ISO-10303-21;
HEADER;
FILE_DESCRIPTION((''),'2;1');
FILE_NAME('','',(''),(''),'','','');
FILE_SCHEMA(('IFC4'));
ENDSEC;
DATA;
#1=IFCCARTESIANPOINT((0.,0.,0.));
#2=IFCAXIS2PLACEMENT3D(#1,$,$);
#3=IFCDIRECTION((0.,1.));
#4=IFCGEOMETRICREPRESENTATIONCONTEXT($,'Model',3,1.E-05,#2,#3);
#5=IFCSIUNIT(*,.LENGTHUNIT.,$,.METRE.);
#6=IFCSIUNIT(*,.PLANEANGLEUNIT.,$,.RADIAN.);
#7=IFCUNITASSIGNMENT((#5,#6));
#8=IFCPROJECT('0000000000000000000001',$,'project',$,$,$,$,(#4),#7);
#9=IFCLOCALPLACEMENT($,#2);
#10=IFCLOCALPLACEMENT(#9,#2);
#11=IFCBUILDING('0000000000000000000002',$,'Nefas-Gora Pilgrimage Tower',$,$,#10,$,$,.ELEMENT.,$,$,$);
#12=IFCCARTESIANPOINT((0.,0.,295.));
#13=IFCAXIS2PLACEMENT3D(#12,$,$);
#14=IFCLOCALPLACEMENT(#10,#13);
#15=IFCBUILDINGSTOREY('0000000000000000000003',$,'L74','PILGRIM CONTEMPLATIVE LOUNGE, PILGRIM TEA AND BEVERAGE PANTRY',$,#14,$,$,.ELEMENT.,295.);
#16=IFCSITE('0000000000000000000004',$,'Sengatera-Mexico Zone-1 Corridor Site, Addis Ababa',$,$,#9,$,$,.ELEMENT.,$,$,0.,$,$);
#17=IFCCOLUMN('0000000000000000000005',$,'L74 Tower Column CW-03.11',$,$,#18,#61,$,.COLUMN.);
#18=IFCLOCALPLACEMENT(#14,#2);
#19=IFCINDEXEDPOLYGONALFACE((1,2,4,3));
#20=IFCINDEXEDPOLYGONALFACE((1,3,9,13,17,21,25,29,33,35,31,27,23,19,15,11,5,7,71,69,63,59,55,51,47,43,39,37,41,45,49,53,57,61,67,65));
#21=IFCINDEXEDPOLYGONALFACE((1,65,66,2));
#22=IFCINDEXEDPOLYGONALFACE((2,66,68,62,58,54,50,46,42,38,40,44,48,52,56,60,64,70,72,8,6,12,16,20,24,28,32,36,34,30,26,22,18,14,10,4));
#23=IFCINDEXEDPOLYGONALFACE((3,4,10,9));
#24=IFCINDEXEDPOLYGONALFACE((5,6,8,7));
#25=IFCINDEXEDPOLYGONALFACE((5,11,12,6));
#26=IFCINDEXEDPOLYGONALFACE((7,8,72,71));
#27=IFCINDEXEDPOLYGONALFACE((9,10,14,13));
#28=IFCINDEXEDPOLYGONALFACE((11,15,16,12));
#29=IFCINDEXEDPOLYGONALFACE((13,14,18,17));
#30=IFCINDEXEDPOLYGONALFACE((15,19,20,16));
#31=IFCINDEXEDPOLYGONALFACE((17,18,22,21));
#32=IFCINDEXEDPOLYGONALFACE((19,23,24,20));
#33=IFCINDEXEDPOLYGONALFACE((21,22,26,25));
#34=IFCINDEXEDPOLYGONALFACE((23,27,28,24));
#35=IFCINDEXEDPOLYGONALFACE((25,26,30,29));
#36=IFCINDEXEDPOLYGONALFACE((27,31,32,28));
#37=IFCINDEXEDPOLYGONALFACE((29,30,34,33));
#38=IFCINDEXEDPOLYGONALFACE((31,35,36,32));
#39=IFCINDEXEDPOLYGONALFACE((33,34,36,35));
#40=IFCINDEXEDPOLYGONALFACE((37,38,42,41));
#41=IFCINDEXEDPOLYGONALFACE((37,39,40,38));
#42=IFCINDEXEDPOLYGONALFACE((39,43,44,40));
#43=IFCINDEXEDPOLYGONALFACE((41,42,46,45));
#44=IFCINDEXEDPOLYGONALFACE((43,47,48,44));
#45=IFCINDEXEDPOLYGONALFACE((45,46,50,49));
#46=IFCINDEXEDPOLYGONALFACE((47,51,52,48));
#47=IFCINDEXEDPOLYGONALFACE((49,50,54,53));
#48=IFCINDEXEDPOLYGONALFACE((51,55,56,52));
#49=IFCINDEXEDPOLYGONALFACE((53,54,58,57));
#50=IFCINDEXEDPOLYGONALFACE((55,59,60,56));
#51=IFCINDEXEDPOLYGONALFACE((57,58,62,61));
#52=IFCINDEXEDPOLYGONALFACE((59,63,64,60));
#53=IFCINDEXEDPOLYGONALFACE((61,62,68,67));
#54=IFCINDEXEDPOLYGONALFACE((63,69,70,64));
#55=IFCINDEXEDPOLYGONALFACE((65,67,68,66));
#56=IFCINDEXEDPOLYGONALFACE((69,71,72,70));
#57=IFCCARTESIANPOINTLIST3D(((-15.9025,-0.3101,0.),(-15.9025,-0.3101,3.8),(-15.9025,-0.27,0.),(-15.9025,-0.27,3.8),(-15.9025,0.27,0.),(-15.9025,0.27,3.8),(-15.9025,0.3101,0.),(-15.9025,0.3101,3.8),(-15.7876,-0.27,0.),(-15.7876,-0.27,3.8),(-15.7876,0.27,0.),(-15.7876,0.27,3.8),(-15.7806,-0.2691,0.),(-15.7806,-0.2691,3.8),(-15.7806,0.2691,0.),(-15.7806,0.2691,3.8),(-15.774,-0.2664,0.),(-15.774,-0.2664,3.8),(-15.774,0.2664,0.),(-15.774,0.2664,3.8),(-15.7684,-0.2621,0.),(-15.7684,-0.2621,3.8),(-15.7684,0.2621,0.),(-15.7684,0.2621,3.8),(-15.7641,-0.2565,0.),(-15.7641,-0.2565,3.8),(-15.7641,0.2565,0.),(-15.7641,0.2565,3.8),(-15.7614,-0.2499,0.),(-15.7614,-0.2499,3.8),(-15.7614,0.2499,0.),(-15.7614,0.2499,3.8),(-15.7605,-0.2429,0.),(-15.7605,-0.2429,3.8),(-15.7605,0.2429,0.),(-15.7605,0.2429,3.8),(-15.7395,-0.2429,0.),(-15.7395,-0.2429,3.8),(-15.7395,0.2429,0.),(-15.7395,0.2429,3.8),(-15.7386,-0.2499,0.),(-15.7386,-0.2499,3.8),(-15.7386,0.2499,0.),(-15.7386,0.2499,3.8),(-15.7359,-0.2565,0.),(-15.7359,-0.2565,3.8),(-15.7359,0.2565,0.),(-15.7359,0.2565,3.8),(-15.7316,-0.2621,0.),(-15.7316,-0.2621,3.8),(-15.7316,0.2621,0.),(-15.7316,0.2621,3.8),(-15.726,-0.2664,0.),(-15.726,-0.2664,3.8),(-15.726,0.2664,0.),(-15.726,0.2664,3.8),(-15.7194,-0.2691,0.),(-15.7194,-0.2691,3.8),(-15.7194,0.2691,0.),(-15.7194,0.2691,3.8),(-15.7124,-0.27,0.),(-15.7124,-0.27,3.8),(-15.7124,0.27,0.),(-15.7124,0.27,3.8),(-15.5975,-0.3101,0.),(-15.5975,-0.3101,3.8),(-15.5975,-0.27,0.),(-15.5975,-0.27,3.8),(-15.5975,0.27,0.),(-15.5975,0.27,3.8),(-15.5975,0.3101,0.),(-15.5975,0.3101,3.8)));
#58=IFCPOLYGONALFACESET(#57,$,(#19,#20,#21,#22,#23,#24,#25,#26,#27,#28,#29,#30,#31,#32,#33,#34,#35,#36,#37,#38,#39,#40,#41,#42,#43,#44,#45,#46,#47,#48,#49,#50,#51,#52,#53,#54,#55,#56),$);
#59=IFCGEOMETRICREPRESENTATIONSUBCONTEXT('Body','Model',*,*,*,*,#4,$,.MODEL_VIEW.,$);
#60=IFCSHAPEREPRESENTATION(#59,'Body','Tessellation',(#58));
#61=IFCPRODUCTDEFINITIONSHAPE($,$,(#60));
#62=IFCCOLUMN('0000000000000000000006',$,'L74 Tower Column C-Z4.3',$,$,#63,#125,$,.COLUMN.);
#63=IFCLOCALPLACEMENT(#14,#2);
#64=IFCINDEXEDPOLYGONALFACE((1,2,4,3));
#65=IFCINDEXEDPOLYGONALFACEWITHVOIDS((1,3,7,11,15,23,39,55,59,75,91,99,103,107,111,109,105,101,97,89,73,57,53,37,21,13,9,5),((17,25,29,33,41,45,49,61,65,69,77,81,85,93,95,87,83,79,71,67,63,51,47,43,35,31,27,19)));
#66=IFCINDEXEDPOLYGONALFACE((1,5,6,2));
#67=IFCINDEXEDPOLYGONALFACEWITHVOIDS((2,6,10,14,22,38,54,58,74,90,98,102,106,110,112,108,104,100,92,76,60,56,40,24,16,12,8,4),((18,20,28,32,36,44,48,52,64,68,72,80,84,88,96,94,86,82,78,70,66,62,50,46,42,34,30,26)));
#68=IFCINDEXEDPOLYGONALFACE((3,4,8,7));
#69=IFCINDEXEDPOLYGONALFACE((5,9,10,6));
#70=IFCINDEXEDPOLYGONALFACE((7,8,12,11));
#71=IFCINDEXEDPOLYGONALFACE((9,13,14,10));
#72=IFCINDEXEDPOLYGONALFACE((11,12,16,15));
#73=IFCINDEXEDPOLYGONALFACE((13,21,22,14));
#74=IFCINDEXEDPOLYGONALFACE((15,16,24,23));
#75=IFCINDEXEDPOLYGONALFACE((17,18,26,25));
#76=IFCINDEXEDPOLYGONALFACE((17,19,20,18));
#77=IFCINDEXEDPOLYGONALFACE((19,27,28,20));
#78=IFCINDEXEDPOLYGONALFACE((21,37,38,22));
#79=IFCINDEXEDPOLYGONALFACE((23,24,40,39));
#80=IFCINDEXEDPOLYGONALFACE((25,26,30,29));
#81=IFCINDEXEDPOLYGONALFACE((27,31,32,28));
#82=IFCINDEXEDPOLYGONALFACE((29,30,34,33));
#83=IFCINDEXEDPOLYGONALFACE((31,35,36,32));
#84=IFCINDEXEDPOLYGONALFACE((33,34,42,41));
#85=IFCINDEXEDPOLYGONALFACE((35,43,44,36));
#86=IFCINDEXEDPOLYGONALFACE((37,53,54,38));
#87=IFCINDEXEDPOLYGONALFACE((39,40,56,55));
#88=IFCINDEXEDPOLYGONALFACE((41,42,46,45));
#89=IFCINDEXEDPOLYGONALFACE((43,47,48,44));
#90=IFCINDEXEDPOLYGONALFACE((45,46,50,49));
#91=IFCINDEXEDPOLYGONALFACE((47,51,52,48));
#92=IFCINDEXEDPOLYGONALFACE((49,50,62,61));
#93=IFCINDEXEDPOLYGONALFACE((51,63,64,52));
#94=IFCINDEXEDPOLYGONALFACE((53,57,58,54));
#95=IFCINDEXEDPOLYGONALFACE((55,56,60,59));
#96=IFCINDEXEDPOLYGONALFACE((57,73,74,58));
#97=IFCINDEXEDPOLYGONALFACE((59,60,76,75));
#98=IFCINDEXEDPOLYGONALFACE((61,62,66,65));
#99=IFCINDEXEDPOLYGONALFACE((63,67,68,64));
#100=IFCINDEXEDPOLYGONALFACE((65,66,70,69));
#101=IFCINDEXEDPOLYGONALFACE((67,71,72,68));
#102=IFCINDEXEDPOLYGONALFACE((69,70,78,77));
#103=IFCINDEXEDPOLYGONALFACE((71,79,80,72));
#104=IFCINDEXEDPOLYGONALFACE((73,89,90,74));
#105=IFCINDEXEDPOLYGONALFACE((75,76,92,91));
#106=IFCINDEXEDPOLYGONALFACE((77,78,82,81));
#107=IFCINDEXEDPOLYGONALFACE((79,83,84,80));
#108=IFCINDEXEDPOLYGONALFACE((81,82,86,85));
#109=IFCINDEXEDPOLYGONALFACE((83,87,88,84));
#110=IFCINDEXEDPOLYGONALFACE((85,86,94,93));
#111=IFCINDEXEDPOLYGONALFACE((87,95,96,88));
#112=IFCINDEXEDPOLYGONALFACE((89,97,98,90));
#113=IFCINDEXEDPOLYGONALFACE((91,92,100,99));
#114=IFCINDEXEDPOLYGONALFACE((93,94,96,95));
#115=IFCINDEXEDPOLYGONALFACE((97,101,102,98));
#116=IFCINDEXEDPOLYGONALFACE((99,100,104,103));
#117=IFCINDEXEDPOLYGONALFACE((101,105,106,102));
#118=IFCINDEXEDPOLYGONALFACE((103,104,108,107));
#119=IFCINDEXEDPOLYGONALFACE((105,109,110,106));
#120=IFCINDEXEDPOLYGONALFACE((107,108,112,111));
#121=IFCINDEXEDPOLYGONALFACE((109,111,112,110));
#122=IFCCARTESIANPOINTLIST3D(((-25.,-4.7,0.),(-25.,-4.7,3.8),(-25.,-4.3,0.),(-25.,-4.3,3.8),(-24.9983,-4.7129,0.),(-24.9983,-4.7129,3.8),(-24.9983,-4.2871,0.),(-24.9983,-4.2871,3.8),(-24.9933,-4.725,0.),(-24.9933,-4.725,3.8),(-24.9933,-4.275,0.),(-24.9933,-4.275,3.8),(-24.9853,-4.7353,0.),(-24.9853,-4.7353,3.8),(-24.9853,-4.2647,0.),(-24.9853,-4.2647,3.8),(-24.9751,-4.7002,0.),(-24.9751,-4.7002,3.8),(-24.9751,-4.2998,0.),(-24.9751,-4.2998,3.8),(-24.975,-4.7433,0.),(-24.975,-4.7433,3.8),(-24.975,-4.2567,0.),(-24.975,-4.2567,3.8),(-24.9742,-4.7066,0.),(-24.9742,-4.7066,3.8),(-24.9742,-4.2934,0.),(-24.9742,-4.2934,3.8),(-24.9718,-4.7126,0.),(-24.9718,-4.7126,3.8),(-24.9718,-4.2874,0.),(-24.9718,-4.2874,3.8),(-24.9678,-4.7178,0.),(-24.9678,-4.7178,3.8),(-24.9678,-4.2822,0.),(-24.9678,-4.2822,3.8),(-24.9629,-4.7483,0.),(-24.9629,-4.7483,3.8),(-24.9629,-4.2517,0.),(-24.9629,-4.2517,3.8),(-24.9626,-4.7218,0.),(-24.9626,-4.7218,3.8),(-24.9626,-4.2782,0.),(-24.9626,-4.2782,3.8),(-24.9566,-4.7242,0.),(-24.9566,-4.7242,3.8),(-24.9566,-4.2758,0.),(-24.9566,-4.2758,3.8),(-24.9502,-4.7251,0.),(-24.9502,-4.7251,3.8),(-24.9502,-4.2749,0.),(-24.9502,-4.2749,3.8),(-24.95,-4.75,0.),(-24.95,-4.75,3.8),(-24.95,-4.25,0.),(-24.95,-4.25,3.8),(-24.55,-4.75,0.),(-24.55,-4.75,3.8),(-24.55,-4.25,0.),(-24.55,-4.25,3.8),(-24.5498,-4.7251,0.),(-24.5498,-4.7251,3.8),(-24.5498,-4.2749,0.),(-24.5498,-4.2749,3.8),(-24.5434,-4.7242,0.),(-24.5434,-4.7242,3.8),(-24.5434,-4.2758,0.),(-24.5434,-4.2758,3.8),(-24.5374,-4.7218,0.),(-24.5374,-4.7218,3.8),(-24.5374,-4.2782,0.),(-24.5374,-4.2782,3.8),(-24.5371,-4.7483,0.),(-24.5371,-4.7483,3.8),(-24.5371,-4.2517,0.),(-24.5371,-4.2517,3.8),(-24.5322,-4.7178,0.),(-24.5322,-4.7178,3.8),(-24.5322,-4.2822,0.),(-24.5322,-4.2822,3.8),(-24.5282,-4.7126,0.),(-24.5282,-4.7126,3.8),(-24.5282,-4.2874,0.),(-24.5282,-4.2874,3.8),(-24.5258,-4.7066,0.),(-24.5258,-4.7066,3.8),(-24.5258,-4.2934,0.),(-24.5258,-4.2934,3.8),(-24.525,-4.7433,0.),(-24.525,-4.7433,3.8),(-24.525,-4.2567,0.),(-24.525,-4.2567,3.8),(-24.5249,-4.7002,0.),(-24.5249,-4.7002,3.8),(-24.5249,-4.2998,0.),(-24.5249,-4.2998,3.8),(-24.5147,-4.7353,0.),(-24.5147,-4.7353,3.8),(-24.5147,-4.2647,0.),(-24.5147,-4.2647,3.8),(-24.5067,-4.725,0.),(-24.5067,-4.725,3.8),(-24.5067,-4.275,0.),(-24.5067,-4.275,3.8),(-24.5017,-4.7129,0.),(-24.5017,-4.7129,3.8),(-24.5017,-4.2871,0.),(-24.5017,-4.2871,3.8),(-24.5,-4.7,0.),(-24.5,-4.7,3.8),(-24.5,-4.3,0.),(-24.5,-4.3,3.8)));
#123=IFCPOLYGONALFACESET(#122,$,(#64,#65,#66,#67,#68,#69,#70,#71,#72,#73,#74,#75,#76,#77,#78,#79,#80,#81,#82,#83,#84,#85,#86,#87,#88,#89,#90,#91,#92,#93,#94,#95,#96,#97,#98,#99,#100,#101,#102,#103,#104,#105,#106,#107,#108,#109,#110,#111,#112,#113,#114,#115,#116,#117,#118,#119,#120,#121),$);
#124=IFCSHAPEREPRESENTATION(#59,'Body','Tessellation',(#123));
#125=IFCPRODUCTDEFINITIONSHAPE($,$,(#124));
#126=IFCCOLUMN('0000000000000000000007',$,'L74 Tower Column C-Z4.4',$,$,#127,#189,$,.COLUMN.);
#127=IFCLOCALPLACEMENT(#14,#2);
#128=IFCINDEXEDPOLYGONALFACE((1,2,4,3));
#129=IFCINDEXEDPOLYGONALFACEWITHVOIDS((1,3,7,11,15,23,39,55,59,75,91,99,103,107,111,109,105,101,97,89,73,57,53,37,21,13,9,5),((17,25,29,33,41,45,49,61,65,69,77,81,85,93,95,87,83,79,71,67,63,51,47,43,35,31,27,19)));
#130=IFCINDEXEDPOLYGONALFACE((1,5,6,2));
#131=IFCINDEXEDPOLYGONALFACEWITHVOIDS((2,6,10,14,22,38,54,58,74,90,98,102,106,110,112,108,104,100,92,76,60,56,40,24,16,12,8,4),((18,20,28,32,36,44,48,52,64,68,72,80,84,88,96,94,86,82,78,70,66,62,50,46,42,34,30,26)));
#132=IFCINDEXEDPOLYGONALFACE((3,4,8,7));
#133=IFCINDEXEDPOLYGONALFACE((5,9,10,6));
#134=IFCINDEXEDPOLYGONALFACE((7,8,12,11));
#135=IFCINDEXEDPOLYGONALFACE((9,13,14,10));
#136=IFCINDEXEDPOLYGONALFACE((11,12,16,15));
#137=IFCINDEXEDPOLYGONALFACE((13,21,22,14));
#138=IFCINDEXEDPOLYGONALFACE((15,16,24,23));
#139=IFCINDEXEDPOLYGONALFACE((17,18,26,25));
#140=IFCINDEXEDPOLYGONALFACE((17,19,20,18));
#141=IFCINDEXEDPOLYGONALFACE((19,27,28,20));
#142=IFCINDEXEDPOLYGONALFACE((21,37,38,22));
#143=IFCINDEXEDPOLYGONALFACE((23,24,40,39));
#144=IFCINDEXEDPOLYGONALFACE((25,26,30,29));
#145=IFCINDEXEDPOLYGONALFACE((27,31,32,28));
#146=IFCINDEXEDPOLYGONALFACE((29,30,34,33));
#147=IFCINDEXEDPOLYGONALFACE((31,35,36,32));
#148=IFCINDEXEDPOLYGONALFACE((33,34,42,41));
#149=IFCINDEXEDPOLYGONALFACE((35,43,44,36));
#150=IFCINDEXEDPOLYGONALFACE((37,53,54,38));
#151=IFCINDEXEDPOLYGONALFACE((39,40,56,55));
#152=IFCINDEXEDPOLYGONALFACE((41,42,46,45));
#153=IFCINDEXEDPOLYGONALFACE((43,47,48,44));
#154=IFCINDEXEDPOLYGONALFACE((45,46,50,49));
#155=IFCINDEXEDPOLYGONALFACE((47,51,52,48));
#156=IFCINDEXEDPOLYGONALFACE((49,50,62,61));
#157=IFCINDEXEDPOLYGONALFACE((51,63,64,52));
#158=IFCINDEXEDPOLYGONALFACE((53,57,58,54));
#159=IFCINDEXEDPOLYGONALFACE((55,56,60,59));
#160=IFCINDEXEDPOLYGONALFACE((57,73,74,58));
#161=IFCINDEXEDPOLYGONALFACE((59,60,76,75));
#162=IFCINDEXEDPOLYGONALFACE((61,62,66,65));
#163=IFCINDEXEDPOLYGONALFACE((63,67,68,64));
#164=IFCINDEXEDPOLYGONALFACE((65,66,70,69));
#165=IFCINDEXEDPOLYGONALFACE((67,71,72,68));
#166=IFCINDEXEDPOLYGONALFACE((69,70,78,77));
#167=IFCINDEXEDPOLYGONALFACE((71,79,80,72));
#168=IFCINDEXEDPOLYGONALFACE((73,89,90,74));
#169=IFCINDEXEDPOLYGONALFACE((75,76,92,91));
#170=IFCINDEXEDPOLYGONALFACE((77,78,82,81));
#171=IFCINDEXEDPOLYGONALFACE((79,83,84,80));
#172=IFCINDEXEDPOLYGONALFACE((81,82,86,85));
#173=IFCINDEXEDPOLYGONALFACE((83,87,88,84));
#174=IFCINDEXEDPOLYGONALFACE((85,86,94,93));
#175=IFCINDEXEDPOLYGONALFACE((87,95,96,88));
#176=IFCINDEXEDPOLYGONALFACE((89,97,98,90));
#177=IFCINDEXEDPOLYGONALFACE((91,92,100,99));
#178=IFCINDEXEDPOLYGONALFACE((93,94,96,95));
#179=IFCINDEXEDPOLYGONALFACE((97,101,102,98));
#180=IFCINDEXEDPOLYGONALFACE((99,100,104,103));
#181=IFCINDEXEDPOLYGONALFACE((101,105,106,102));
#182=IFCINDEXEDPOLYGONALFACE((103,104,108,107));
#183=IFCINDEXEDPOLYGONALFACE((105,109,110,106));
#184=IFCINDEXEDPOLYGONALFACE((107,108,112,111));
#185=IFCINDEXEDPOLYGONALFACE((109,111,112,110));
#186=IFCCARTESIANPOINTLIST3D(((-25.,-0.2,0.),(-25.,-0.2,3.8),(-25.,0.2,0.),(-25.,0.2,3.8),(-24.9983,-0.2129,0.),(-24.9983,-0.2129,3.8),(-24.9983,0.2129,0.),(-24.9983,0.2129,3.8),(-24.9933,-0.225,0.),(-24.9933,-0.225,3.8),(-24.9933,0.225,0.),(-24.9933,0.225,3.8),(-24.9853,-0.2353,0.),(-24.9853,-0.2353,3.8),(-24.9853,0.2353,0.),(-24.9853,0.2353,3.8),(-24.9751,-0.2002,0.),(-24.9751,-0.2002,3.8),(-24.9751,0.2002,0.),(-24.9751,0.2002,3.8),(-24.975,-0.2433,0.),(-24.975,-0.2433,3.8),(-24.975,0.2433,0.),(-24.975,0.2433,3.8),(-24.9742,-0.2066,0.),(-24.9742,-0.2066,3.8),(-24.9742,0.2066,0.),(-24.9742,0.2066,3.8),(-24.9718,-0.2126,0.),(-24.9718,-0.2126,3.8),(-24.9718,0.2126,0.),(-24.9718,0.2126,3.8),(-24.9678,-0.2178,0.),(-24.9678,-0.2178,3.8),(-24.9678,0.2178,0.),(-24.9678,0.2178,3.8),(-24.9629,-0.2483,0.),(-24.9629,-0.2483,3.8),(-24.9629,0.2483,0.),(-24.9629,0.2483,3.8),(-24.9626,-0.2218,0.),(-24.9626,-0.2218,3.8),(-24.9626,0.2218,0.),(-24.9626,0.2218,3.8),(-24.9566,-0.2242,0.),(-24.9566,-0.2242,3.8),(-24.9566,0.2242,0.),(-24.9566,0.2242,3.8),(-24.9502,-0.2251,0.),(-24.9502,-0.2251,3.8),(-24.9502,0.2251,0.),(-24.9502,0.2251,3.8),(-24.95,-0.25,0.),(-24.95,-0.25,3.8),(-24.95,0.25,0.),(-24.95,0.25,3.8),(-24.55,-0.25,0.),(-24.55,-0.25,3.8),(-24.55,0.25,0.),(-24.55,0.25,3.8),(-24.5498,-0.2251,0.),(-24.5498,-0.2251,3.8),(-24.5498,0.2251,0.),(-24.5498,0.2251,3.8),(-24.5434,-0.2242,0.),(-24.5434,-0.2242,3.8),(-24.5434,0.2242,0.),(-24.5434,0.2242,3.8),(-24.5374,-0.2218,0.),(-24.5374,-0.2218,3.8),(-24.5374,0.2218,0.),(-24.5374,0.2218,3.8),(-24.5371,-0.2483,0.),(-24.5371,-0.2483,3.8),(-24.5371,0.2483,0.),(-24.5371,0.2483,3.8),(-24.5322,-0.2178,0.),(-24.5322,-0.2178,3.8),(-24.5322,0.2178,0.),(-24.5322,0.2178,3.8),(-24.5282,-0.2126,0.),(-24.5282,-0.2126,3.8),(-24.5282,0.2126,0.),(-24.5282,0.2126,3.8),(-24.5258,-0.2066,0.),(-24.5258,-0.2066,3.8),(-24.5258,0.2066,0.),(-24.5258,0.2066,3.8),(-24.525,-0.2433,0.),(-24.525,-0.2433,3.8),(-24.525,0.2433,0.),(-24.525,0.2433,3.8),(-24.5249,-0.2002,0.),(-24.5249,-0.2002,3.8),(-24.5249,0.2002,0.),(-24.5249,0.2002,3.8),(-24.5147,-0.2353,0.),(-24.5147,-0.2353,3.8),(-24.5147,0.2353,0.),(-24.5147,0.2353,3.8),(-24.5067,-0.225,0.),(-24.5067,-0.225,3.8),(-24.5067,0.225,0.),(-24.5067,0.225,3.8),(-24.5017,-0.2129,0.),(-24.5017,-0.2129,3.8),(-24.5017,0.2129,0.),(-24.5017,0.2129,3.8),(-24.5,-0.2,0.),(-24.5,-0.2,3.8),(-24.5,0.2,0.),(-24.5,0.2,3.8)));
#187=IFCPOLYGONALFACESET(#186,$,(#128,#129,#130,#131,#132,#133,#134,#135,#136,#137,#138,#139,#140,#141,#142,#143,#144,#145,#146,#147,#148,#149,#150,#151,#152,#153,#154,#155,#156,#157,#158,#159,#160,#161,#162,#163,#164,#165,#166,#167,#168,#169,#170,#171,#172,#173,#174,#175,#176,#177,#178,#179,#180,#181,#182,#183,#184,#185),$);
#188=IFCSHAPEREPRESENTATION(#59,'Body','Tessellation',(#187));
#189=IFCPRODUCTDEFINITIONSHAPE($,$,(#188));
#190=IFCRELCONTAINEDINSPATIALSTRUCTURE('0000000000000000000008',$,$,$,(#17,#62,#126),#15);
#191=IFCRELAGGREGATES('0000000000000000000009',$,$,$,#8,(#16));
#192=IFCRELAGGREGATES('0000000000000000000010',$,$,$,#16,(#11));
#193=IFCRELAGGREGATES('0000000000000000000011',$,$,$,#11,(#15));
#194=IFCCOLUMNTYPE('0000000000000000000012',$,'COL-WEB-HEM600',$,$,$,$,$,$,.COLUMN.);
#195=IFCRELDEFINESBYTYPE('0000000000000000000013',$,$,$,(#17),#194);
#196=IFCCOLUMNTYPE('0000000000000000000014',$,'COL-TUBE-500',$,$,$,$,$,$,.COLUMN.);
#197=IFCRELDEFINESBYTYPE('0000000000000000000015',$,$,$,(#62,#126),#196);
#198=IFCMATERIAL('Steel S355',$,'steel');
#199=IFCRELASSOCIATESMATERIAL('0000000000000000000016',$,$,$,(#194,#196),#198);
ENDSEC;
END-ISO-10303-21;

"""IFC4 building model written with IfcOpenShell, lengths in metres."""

from ifc_helpers import new_model, si_unit, direction, frame, origin, origin_2d, place, context, subcontext, project, spatial, hollow_rectangle, i_section, extrude, source, transform, mapped, material, material_profile, profile_set, type_object, element, save


model = new_model("IFC4")

# Units and contexts
model_context = context("Model", 3, precision=1e-05, world=origin(), true_north=direction((0.0, 1.0)))
body_context = subcontext(model_context, "Body", "Model", "MODEL_VIEW")
ifc_project = project(units=[si_unit("LENGTHUNIT", "METRE"), si_unit("PLANEANGLEUNIT", "RADIAN")], contexts=[model_context])

# Site, building, storey
site_placement = place(None, origin())
site = spatial("IfcSite", under=ifc_project, at=site_placement, Name="Sengatera-Mexico Zone-1 Corridor Site, Addis Ababa", CompositionType="ELEMENT", RefElevation=0.0)
building_placement = place(site_placement, origin())
building = spatial("IfcBuilding", under=site, at=building_placement, Name="Nefas-Gora Pilgrimage Tower", CompositionType="ELEMENT")
storey_placement = place(building_placement, frame((0.0, 0.0, 295.0)))
storey = spatial("IfcBuildingStorey", under=building, at=storey_placement, Name="L74", Description="PILGRIM CONTEMPLATIVE LOUNGE, PILGRIM TEA AND BEVERAGE PANTRY", CompositionType="ELEMENT", Elevation=295.0)

# Columns
ifc_material_1 = material(Name="Steel S355", Category="steel")
ifc_material_profile_1 = material_profile(ifc_material_1, i_section(OverallWidth=0.3049, OverallDepth=0.6201, WebThickness=0.021, FlangeThickness=0.04, FilletRadius=0.0271, at=origin_2d()), Name="HEM 600")
ifc_profile_set_1 = profile_set([ifc_material_profile_1], Name="Steel S355")
column_type_1 = type_object("IfcColumnType", Name="COL-WEB-HEM600", PredefinedType="COLUMN", material=ifc_profile_set_1)
shared_shape_1 = source(origin(), body_context, "Body", "SweptSolid", [
    extrude(i_section(OverallWidth=0.3049, OverallDepth=0.6201, WebThickness=0.021, FlangeThickness=0.04, FilletRadius=0.0271, at=origin_2d()), origin(), (0.0, 0.0, 1.0), 3.8),
])
for number, where, z_axis, x_axis, name in (
    (1, (-15.75, 0.0, 0.0), (0.0, 0.0, 1.0), (1.0, 0.0, 0.0), "L74 Tower Column CW-03.11"),
):
    element("IfcColumn", number, at=place(storey_placement, frame(where, z_axis=z_axis, x_axis=x_axis)), inside=storey, type_object=column_type_1, Name=name, PredefinedType="COLUMN", context=body_context, shape_type="MappedRepresentation", body=[
        mapped(shared_shape_1, transform((0.0, 0.0, 0.0), x_axis=(1.0, 0.0, 0.0), y_axis=(0.0, 1.0, 0.0), z_axis=(0.0, 0.0, 1.0), scale=1.0)),
    ])
ifc_material_profile_2 = material_profile(ifc_material_1, hollow_rectangle(XDim=0.5, YDim=0.5, WallThickness=0.0249, InnerFilletRadius=0.0249, OuterFilletRadius=0.05, at=origin_2d()), Name="SHS 500x500x25")
ifc_profile_set_2 = profile_set([ifc_material_profile_2], Name="Steel S355")
column_type_2 = type_object("IfcColumnType", Name="COL-TUBE-500", PredefinedType="COLUMN", material=ifc_profile_set_2)
shared_shape_2 = source(origin(), body_context, "Body", "SweptSolid", [
    extrude(hollow_rectangle(XDim=0.5, YDim=0.5, WallThickness=0.0249, InnerFilletRadius=0.0249, OuterFilletRadius=0.05, at=origin_2d()), origin(), (0.0, 0.0, 1.0), 3.8),
])
for number, where, z_axis, x_axis, name in (
    (2, (-24.75, -4.5, 0.0), (0.0, 0.0, 1.0), (1.0, 0.0, 0.0), "L74 Tower Column C-Z4.3"),
    (3, (-24.75, 0.0, 0.0), (0.0, 0.0, 1.0), (1.0, 0.0, 0.0), "L74 Tower Column C-Z4.4"),
):
    element("IfcColumn", number, at=place(storey_placement, frame(where, z_axis=z_axis, x_axis=x_axis)), inside=storey, type_object=column_type_2, Name=name, PredefinedType="COLUMN", context=body_context, shape_type="MappedRepresentation", body=[
        mapped(shared_shape_2, transform((0.0, 0.0, 0.0), x_axis=(1.0, 0.0, 0.0), y_axis=(0.0, 1.0, 0.0), z_axis=(0.0, 0.0, 1.0), scale=1.0)),
    ])

save(model, "model.ifc")
